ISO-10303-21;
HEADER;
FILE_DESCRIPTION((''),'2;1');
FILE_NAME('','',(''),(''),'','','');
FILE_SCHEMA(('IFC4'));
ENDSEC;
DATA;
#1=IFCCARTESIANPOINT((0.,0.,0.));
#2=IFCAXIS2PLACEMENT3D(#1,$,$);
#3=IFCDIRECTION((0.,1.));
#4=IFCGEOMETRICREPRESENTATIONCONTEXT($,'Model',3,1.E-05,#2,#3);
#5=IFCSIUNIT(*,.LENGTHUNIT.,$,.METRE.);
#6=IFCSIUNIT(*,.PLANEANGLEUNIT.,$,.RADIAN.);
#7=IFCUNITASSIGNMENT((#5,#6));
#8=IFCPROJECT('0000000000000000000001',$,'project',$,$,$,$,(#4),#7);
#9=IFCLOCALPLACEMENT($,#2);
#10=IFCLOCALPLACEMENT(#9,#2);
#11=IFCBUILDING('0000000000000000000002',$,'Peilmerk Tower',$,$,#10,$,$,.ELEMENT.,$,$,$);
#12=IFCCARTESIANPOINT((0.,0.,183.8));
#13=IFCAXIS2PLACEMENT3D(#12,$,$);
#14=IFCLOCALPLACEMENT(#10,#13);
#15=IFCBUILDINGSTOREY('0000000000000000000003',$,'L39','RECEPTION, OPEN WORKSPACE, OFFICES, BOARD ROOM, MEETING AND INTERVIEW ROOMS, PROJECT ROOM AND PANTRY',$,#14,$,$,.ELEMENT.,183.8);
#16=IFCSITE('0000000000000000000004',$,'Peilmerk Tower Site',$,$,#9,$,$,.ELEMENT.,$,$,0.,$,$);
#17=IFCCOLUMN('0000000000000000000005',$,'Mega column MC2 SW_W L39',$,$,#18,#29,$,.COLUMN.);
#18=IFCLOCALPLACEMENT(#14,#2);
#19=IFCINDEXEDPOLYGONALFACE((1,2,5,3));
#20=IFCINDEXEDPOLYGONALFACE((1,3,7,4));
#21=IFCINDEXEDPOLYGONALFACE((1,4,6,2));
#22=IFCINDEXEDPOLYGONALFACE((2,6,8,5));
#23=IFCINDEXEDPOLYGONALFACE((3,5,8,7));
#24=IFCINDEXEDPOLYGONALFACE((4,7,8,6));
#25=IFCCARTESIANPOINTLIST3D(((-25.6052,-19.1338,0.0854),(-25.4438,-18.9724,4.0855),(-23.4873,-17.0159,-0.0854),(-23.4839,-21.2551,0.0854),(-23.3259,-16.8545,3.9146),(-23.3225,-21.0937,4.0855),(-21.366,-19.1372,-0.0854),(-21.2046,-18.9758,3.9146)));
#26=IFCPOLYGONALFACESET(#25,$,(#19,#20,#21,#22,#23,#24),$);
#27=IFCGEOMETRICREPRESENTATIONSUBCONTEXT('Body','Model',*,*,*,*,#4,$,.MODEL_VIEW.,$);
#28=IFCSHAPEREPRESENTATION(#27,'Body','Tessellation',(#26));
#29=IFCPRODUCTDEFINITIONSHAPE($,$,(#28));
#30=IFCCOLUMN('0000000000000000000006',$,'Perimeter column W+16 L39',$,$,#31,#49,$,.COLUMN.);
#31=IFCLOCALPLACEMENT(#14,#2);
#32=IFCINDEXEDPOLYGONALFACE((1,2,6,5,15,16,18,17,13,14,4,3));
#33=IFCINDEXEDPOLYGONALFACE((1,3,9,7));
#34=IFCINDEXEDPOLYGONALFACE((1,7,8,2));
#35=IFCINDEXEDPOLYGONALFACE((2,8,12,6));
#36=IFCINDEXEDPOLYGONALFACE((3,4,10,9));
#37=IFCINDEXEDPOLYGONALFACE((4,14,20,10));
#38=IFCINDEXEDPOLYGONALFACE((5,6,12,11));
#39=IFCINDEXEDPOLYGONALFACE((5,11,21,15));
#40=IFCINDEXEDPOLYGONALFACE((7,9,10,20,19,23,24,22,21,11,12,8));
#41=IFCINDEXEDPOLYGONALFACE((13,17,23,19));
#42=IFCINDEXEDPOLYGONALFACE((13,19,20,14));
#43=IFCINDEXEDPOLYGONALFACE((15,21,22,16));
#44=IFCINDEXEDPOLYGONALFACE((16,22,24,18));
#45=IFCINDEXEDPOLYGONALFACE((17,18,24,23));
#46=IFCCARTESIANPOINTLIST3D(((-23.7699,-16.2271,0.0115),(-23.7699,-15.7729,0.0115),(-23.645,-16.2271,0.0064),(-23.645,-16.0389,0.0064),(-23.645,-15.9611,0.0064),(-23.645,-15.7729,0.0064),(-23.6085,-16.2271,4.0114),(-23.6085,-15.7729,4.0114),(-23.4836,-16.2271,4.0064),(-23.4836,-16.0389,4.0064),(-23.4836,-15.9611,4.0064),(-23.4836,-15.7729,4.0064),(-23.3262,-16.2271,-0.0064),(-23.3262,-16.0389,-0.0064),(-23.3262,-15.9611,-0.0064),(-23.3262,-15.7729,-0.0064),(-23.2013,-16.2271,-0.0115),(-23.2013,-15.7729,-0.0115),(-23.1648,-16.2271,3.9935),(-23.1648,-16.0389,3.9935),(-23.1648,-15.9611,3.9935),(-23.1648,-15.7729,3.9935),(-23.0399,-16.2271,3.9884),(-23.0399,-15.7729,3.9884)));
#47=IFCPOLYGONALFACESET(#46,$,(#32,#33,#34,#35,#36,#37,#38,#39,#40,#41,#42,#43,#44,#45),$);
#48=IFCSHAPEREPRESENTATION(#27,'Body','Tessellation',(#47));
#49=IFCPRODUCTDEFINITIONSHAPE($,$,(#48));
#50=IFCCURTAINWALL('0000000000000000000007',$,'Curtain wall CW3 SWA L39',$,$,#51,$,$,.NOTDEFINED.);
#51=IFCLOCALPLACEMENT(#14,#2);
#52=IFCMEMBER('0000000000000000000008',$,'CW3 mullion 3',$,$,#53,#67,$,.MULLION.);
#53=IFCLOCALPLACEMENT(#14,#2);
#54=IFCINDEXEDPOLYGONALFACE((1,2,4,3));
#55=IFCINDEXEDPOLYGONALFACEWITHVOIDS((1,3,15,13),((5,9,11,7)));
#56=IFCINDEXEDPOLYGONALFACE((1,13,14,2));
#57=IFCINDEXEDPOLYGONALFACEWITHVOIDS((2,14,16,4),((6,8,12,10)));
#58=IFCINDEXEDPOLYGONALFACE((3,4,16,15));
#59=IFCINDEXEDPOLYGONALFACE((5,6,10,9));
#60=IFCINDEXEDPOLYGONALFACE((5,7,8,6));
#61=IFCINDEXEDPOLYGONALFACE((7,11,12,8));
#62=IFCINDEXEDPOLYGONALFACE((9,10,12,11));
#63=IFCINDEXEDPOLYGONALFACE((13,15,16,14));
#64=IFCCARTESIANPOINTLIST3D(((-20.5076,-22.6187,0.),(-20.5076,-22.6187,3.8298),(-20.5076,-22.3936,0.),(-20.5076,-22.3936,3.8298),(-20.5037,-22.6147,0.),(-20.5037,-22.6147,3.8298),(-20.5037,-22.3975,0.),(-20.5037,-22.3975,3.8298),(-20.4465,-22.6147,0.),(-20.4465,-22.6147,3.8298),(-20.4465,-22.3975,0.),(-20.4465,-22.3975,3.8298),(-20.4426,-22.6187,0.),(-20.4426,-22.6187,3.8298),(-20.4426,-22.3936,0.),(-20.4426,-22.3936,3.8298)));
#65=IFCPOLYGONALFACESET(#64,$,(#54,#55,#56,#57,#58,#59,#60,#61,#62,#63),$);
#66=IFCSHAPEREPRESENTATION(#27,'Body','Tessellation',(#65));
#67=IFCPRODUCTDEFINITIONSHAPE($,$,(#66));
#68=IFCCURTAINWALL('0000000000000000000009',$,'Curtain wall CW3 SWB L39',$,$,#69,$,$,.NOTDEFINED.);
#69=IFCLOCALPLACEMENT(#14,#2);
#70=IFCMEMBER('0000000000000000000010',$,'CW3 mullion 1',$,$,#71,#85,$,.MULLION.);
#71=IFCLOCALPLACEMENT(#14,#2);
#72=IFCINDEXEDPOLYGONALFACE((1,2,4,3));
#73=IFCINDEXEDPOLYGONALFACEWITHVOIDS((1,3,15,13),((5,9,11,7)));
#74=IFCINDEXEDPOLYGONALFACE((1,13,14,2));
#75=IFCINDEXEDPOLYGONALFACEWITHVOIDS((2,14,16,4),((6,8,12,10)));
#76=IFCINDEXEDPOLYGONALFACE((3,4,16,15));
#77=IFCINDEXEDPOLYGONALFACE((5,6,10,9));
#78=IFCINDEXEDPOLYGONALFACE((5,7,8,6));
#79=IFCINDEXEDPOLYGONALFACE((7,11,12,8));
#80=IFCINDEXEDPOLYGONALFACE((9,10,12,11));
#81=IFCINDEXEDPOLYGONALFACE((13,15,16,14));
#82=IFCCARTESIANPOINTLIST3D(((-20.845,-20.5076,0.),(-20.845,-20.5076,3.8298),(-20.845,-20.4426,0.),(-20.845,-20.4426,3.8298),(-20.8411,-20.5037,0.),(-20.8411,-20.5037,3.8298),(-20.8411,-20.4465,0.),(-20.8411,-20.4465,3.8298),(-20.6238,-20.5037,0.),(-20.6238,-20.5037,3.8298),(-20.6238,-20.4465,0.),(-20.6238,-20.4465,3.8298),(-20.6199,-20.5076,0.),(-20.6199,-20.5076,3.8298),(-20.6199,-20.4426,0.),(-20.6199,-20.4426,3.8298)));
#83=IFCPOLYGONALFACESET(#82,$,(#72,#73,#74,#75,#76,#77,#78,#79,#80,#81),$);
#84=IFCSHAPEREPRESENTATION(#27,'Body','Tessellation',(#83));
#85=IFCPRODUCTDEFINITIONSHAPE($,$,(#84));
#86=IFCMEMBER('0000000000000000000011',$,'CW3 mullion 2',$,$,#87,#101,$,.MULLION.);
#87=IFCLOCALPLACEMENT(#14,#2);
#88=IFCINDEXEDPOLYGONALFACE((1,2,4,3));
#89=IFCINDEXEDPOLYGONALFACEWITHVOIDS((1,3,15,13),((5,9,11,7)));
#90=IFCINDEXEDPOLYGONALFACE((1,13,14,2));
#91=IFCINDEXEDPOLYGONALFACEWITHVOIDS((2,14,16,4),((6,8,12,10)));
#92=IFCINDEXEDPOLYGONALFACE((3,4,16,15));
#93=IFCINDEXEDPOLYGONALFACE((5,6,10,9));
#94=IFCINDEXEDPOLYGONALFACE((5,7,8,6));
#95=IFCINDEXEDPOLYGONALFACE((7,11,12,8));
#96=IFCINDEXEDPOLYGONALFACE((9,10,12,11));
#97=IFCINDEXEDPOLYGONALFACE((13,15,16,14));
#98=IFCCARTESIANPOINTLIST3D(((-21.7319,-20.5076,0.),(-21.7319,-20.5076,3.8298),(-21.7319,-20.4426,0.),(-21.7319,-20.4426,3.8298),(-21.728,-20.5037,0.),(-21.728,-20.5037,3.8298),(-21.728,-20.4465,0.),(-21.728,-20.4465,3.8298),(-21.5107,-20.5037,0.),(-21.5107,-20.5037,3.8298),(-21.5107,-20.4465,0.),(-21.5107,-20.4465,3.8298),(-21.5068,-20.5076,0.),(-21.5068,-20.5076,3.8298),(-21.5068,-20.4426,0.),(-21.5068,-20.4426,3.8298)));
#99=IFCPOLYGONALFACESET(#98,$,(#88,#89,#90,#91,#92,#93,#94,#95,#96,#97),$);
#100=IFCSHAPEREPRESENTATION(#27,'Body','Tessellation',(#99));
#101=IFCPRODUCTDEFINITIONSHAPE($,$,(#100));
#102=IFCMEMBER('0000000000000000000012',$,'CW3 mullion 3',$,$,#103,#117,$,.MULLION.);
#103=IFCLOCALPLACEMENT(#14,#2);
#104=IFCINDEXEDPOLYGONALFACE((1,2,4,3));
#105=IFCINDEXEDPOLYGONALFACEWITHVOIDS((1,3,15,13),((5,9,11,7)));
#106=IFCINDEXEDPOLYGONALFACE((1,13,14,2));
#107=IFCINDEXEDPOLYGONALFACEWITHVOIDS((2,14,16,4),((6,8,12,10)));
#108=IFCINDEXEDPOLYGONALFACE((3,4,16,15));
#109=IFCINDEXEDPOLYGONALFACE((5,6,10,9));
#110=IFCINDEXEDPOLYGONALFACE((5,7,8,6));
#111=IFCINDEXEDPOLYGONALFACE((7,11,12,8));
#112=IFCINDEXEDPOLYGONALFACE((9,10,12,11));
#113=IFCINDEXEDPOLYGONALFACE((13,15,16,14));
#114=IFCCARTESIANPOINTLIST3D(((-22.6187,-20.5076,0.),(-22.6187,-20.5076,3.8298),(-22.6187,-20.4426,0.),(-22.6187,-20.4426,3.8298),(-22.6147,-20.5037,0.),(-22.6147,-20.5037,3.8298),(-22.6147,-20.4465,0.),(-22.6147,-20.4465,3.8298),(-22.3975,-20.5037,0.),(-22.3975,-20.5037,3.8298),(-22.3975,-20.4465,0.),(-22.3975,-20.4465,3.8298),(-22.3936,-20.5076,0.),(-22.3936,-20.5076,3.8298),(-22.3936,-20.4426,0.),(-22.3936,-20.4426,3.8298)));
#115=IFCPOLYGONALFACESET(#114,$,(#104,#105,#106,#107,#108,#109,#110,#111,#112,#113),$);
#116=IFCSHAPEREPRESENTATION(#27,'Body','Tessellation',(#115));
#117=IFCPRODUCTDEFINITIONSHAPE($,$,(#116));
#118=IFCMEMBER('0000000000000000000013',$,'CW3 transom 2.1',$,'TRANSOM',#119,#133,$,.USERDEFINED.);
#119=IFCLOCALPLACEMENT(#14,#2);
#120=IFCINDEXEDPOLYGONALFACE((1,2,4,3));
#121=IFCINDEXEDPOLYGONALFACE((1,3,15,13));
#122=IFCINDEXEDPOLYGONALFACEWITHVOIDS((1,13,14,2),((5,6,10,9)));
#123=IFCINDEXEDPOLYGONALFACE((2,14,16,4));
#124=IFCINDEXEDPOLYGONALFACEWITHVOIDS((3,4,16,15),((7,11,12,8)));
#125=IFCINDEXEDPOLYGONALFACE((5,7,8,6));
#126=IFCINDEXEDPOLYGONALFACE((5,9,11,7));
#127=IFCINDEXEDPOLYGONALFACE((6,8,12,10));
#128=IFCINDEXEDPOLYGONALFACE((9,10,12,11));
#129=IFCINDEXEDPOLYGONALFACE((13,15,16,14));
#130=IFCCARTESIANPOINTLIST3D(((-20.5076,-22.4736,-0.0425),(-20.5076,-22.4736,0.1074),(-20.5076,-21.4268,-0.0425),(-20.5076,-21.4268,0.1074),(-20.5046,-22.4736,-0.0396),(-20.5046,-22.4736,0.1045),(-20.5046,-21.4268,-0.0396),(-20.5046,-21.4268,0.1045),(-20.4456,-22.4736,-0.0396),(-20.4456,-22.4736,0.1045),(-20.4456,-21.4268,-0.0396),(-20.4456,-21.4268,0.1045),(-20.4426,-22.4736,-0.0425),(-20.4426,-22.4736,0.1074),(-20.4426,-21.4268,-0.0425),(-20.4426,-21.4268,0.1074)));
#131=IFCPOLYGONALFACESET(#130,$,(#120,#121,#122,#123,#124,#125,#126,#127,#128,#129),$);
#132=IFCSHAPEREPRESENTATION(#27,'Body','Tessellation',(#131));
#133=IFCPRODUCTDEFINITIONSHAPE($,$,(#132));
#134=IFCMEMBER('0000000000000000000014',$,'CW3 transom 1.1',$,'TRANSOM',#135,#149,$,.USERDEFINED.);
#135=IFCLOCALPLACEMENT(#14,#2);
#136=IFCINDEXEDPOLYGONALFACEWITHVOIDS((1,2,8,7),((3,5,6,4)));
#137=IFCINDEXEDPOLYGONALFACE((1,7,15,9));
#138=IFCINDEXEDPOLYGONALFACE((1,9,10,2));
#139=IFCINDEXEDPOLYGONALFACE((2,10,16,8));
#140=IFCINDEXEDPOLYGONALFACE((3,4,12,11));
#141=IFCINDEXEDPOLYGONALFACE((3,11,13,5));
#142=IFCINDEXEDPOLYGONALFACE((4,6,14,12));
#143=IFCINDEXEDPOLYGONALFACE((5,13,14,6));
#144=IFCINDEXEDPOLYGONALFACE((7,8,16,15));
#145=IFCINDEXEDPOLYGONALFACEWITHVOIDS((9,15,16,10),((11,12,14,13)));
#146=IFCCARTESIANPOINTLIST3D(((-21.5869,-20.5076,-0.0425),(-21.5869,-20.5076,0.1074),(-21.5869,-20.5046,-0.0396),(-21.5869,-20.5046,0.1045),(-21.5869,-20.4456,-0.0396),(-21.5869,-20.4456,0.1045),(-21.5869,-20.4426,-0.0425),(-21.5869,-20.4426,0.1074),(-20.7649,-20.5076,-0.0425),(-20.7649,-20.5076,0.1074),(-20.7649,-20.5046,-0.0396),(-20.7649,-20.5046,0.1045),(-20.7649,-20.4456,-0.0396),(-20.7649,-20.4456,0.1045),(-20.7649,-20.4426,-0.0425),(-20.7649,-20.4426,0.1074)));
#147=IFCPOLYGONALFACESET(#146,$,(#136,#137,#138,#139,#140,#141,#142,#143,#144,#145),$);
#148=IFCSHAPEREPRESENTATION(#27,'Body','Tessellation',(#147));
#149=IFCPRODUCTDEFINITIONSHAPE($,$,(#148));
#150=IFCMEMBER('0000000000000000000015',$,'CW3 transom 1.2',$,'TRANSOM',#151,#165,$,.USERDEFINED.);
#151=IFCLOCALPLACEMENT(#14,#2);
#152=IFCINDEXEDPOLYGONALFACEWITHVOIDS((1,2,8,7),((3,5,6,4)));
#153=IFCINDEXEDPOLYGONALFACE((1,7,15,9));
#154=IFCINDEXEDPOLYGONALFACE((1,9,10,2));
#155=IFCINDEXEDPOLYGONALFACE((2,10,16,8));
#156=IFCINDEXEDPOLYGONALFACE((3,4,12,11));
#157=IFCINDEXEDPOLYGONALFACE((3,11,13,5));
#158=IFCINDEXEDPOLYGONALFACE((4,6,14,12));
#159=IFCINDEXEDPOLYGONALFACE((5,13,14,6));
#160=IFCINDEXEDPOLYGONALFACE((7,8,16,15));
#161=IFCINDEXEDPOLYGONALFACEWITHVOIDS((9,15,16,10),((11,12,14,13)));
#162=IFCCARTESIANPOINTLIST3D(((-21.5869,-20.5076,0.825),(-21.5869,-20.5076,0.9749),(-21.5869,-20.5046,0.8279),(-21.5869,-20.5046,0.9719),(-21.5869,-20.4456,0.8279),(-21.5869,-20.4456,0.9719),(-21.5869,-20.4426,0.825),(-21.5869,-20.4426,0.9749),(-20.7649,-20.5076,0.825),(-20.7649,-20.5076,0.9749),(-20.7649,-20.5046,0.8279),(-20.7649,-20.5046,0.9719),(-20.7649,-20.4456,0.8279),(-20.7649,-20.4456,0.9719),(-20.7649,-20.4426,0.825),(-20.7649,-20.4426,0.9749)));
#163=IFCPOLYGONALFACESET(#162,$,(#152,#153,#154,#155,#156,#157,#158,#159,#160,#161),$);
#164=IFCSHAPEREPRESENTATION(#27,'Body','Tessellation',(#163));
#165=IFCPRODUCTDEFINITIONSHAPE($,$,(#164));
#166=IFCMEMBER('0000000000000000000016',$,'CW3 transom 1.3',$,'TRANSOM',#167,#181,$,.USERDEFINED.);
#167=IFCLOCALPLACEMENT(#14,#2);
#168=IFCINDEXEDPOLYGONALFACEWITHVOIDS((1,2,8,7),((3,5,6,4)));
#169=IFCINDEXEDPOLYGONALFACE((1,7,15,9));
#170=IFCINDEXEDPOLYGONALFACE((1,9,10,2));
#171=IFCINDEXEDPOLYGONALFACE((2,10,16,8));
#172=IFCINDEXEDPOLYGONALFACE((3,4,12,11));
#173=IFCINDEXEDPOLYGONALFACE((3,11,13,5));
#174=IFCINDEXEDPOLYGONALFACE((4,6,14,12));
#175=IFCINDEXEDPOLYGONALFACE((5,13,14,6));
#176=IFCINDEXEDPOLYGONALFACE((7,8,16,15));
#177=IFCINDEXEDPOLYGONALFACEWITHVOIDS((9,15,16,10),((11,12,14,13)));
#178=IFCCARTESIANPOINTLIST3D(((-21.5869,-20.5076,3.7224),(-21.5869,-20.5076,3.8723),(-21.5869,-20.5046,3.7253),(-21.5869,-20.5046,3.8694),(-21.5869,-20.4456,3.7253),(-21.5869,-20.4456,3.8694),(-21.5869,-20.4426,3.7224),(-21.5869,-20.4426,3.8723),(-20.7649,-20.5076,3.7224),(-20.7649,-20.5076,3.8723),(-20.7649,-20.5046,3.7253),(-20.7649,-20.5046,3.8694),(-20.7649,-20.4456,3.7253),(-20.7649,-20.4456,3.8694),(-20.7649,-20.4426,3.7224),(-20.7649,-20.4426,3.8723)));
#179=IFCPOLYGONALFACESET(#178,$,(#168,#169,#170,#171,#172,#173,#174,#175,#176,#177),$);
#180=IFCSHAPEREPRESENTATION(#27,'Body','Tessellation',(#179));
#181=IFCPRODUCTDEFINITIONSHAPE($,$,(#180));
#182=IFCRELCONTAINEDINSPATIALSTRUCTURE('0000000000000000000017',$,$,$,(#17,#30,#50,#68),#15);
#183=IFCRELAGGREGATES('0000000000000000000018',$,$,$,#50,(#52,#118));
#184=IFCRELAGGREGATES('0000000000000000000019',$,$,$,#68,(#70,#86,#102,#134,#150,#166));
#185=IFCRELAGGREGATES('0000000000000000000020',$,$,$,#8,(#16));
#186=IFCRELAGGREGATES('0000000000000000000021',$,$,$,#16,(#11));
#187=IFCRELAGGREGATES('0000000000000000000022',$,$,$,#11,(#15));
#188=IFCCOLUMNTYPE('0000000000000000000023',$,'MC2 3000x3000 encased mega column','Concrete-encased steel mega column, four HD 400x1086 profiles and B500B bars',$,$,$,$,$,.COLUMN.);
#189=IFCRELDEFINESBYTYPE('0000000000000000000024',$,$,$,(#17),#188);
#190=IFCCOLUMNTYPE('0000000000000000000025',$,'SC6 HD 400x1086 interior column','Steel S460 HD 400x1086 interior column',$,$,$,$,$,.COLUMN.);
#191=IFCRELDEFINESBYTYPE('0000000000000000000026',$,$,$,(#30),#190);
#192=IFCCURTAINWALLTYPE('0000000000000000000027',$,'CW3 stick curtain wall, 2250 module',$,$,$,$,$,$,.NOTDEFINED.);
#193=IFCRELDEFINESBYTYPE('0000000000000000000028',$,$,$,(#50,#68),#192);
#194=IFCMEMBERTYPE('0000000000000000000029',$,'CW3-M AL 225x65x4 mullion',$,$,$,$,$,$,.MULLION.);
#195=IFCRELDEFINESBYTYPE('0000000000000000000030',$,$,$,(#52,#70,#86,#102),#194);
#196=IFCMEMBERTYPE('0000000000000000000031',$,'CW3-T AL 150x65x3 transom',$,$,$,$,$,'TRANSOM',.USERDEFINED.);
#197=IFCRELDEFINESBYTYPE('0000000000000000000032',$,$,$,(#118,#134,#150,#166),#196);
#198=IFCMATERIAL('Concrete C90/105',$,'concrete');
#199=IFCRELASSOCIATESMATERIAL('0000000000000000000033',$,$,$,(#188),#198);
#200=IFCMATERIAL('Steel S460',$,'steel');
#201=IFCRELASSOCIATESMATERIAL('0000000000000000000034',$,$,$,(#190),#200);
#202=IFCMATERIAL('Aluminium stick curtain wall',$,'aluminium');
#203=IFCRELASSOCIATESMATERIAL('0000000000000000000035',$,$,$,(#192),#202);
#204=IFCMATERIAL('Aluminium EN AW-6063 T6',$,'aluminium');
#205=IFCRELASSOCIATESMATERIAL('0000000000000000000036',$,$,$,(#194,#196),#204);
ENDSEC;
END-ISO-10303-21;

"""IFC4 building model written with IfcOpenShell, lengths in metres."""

from ifc_helpers import new_model, si_unit, direction, frame, origin, origin_2d, place, context, subcontext, project, spatial, rectangle, hollow_rectangle, i_section, extrude, material, material_profile, profile_set, type_object, element, aggregate, save


model = new_model("IFC4")

# Units and contexts
model_context = context("Model", 3, precision=1e-05, world=origin(), true_north=direction((0.0, 1.0)))
body_context = subcontext(model_context, "Body", "Model", "MODEL_VIEW")
ifc_project = project(units=[si_unit("LENGTHUNIT", "METRE"), si_unit("PLANEANGLEUNIT", "RADIAN")], contexts=[model_context])

# Site, building, storey
site_placement = place(None, origin())
site = spatial("IfcSite", under=ifc_project, at=site_placement, Name="Peilmerk Tower Site", CompositionType="ELEMENT", RefElevation=0.0)
building_placement = place(site_placement, origin())
building = spatial("IfcBuilding", under=site, at=building_placement, Name="Peilmerk Tower", CompositionType="ELEMENT")
storey_placement = place(building_placement, frame((0.0, 0.0, 183.8)))
storey = spatial("IfcBuildingStorey", under=building, at=storey_placement, Name="L39", Description="RECEPTION, OPEN WORKSPACE, OFFICES, BOARD ROOM, MEETING AND INTERVIEW ROOMS, PROJECT ROOM AND PANTRY", CompositionType="ELEMENT", Elevation=183.8)

# Columns
ifc_material_1 = material(Name="Concrete C90/105", Category="concrete")
ifc_material_profile_1 = material_profile(ifc_material_1, rectangle(XDim=3.0, YDim=3.0, at=origin_2d()), Name="RC 3000x3000")
ifc_profile_set_1 = profile_set([ifc_material_profile_1], Name="Concrete C90/105")
column_type_1 = type_object("IfcColumnType", Name="MC2 3000x3000 encased mega column", Description="Concrete-encased steel mega column, four HD 400x1086 profiles and B500B bars", PredefinedType="COLUMN", material=ifc_profile_set_1)
column_1_placement = place(storey_placement, frame((-23.4856, -19.1355, 0.0), z_axis=(0.040279, 0.040279, 0.998376), x_axis=(-0.707107, 0.707107, 0.0)))
element("IfcColumn", 1, at=column_1_placement, inside=storey, type_object=column_type_1, Name="Mega column MC2 SW_W L39", PredefinedType="COLUMN", context=body_context, shape_type="SweptSolid", body=[
    extrude(rectangle(XDim=3.0, YDim=3.0, at=origin_2d()), origin(), (0.0, 0.0, 1.0), 4.0066),
])
ifc_material_2 = material(Name="Steel S460", Category="steel")
ifc_material_profile_2 = material_profile(ifc_material_2, i_section(OverallWidth=0.4541, OverallDepth=0.5691, WebThickness=0.0779, FlangeThickness=0.125, at=origin_2d()), Name="HD 400x1086")
ifc_profile_set_2 = profile_set([ifc_material_profile_2], Name="Steel S460")
column_type_2 = type_object("IfcColumnType", Name="SC6 HD 400x1086 interior column", Description="Steel S460 HD 400x1086 interior column", PredefinedType="COLUMN", material=ifc_profile_set_2)
column_2_placement = place(storey_placement, frame((-23.4856, -16.0, 0.0), z_axis=(0.040311, 0.0, 0.999187), x_axis=(0.0, 1.0, 0.0)))
element("IfcColumn", 2, at=column_2_placement, inside=storey, type_object=column_type_2, Name="Perimeter column W+16 L39", PredefinedType="COLUMN", context=body_context, shape_type="SweptSolid", body=[
    extrude(i_section(OverallWidth=0.4541, OverallDepth=0.5691, WebThickness=0.0779, FlangeThickness=0.125, at=origin_2d()), origin(), (0.0, 0.0, 1.0), 4.0032),
])

# Curtain wall, member
ifc_material_3 = material(Name="Aluminium stick curtain wall", Category="aluminium")
curtain_wall_type = type_object("IfcCurtainWallType", Name="CW3 stick curtain wall, 2250 module", PredefinedType="NOTDEFINED", material=ifc_material_3)
curtain_wall_1_placement = place(storey_placement, origin())
curtain_wall_1 = element("IfcCurtainWall", 3, at=curtain_wall_1_placement, inside=storey, type_object=curtain_wall_type, Name="Curtain wall CW3 SWA L39", PredefinedType="NOTDEFINED")
ifc_material_4 = material(Name="Aluminium EN AW-6063 T6", Category="aluminium")
ifc_material_profile_3 = material_profile(ifc_material_4, hollow_rectangle(XDim=0.0649, YDim=0.2251, WallThickness=0.0039, at=origin_2d()), Name="AL 225x65x4")
ifc_profile_set_3 = profile_set([ifc_material_profile_3], Name="Aluminium EN AW-6063 T6")
member_type_1 = type_object("IfcMemberType", Name="CW3-M AL 225x65x4 mullion", PredefinedType="MULLION", material=ifc_profile_set_3)
member_1_placement = place(storey_placement, frame((-20.4751, -22.5061, 0.0), z_axis=(0.0, 0.0, 1.0), x_axis=(1.0, 0.0, 0.0)))
member_1 = element("IfcMember", 4, at=member_1_placement, type_object=member_type_1, Name="CW3 mullion 3", PredefinedType="MULLION", context=body_context, shape_type="SweptSolid", body=[
    extrude(hollow_rectangle(XDim=0.0649, YDim=0.2251, WallThickness=0.0039, at=origin_2d()), origin(), (0.0, 0.0, 1.0), 3.8298),
])

# Curtain wall, members
curtain_wall_2_placement = place(storey_placement, origin())
curtain_wall_2 = element("IfcCurtainWall", 5, at=curtain_wall_2_placement, inside=storey, type_object=curtain_wall_type, Name="Curtain wall CW3 SWB L39", PredefinedType="NOTDEFINED")
member_2_placement = place(storey_placement, frame((-20.7324, -20.4751, 0.0), z_axis=(0.0, 0.0, 1.0), x_axis=(0.0, -1.0, 0.0)))
member_2 = element("IfcMember", 6, at=member_2_placement, type_object=member_type_1, Name="CW3 mullion 1", PredefinedType="MULLION", context=body_context, shape_type="SweptSolid", body=[
    extrude(hollow_rectangle(XDim=0.0649, YDim=0.2251, WallThickness=0.0039, at=origin_2d()), origin(), (0.0, 0.0, 1.0), 3.8298),
])
member_3_placement = place(storey_placement, frame((-21.6194, -20.4751, 0.0), z_axis=(0.0, 0.0, 1.0), x_axis=(0.0, -1.0, 0.0)))
member_3 = element("IfcMember", 7, at=member_3_placement, type_object=member_type_1, Name="CW3 mullion 2", PredefinedType="MULLION", context=body_context, shape_type="SweptSolid", body=[
    extrude(hollow_rectangle(XDim=0.0649, YDim=0.2251, WallThickness=0.0039, at=origin_2d()), origin(), (0.0, 0.0, 1.0), 3.8298),
])
member_4_placement = place(storey_placement, frame((-22.5061, -20.4751, 0.0), z_axis=(0.0, 0.0, 1.0), x_axis=(0.0, -1.0, 0.0)))
member_4 = element("IfcMember", 8, at=member_4_placement, type_object=member_type_1, Name="CW3 mullion 3", PredefinedType="MULLION", context=body_context, shape_type="SweptSolid", body=[
    extrude(hollow_rectangle(XDim=0.0649, YDim=0.2251, WallThickness=0.0039, at=origin_2d()), origin(), (0.0, 0.0, 1.0), 3.8298),
])

# Members
ifc_material_profile_4 = material_profile(ifc_material_4, hollow_rectangle(XDim=0.0649, YDim=0.1499, WallThickness=0.0029, at=origin_2d()), Name="AL 150x65x3")
ifc_profile_set_4 = profile_set([ifc_material_profile_4], Name="Aluminium EN AW-6063 T6")
member_type_2 = type_object("IfcMemberType", Name="CW3-T AL 150x65x3 transom", ElementType="TRANSOM", PredefinedType="USERDEFINED", material=ifc_profile_set_4)
member_5_placement = place(storey_placement, frame((-20.4751, -21.4268, 0.0325), z_axis=(0.0, -1.0, 0.0), x_axis=(1.0, 0.0, 0.0)))
member_5 = element("IfcMember", 9, at=member_5_placement, type_object=member_type_2, Name="CW3 transom 2.1", ObjectType="TRANSOM", PredefinedType="USERDEFINED", context=body_context, shape_type="SweptSolid", body=[
    extrude(hollow_rectangle(XDim=0.0649, YDim=0.1499, WallThickness=0.0029, at=origin_2d()), origin(), (0.0, 0.0, 1.0), 1.0469),
])
member_6_placement = place(storey_placement, frame((-20.7649, -20.4751, 0.0325), z_axis=(-1.0, 0.0, 0.0), x_axis=(0.0, -1.0, 0.0)))
member_6 = element("IfcMember", 10, at=member_6_placement, type_object=member_type_2, Name="CW3 transom 1.1", ObjectType="TRANSOM", PredefinedType="USERDEFINED", context=body_context, shape_type="SweptSolid", body=[
    extrude(hollow_rectangle(XDim=0.0649, YDim=0.1499, WallThickness=0.0029, at=origin_2d()), origin(), (0.0, 0.0, 1.0), 0.822),
])
member_7_placement = place(storey_placement, frame((-20.7649, -20.4751, 0.8999), z_axis=(-1.0, 0.0, 0.0), x_axis=(0.0, -1.0, 0.0)))
member_7 = element("IfcMember", 11, at=member_7_placement, type_object=member_type_2, Name="CW3 transom 1.2", ObjectType="TRANSOM", PredefinedType="USERDEFINED", context=body_context, shape_type="SweptSolid", body=[
    extrude(hollow_rectangle(XDim=0.0649, YDim=0.1499, WallThickness=0.0029, at=origin_2d()), origin(), (0.0, 0.0, 1.0), 0.822),
])
member_8_placement = place(storey_placement, frame((-20.7649, -20.4751, 3.7974), z_axis=(-1.0, 0.0, 0.0), x_axis=(0.0, -1.0, 0.0)))
member_8 = element("IfcMember", 12, at=member_8_placement, type_object=member_type_2, Name="CW3 transom 1.3", ObjectType="TRANSOM", PredefinedType="USERDEFINED", context=body_context, shape_type="SweptSolid", body=[
    extrude(hollow_rectangle(XDim=0.0649, YDim=0.1499, WallThickness=0.0029, at=origin_2d()), origin(), (0.0, 0.0, 1.0), 0.822),
])

aggregate(curtain_wall_1, [member_1, member_5])
aggregate(curtain_wall_2, [member_2, member_3, member_4, member_6, member_7, member_8])

save(model, "model.ifc")
